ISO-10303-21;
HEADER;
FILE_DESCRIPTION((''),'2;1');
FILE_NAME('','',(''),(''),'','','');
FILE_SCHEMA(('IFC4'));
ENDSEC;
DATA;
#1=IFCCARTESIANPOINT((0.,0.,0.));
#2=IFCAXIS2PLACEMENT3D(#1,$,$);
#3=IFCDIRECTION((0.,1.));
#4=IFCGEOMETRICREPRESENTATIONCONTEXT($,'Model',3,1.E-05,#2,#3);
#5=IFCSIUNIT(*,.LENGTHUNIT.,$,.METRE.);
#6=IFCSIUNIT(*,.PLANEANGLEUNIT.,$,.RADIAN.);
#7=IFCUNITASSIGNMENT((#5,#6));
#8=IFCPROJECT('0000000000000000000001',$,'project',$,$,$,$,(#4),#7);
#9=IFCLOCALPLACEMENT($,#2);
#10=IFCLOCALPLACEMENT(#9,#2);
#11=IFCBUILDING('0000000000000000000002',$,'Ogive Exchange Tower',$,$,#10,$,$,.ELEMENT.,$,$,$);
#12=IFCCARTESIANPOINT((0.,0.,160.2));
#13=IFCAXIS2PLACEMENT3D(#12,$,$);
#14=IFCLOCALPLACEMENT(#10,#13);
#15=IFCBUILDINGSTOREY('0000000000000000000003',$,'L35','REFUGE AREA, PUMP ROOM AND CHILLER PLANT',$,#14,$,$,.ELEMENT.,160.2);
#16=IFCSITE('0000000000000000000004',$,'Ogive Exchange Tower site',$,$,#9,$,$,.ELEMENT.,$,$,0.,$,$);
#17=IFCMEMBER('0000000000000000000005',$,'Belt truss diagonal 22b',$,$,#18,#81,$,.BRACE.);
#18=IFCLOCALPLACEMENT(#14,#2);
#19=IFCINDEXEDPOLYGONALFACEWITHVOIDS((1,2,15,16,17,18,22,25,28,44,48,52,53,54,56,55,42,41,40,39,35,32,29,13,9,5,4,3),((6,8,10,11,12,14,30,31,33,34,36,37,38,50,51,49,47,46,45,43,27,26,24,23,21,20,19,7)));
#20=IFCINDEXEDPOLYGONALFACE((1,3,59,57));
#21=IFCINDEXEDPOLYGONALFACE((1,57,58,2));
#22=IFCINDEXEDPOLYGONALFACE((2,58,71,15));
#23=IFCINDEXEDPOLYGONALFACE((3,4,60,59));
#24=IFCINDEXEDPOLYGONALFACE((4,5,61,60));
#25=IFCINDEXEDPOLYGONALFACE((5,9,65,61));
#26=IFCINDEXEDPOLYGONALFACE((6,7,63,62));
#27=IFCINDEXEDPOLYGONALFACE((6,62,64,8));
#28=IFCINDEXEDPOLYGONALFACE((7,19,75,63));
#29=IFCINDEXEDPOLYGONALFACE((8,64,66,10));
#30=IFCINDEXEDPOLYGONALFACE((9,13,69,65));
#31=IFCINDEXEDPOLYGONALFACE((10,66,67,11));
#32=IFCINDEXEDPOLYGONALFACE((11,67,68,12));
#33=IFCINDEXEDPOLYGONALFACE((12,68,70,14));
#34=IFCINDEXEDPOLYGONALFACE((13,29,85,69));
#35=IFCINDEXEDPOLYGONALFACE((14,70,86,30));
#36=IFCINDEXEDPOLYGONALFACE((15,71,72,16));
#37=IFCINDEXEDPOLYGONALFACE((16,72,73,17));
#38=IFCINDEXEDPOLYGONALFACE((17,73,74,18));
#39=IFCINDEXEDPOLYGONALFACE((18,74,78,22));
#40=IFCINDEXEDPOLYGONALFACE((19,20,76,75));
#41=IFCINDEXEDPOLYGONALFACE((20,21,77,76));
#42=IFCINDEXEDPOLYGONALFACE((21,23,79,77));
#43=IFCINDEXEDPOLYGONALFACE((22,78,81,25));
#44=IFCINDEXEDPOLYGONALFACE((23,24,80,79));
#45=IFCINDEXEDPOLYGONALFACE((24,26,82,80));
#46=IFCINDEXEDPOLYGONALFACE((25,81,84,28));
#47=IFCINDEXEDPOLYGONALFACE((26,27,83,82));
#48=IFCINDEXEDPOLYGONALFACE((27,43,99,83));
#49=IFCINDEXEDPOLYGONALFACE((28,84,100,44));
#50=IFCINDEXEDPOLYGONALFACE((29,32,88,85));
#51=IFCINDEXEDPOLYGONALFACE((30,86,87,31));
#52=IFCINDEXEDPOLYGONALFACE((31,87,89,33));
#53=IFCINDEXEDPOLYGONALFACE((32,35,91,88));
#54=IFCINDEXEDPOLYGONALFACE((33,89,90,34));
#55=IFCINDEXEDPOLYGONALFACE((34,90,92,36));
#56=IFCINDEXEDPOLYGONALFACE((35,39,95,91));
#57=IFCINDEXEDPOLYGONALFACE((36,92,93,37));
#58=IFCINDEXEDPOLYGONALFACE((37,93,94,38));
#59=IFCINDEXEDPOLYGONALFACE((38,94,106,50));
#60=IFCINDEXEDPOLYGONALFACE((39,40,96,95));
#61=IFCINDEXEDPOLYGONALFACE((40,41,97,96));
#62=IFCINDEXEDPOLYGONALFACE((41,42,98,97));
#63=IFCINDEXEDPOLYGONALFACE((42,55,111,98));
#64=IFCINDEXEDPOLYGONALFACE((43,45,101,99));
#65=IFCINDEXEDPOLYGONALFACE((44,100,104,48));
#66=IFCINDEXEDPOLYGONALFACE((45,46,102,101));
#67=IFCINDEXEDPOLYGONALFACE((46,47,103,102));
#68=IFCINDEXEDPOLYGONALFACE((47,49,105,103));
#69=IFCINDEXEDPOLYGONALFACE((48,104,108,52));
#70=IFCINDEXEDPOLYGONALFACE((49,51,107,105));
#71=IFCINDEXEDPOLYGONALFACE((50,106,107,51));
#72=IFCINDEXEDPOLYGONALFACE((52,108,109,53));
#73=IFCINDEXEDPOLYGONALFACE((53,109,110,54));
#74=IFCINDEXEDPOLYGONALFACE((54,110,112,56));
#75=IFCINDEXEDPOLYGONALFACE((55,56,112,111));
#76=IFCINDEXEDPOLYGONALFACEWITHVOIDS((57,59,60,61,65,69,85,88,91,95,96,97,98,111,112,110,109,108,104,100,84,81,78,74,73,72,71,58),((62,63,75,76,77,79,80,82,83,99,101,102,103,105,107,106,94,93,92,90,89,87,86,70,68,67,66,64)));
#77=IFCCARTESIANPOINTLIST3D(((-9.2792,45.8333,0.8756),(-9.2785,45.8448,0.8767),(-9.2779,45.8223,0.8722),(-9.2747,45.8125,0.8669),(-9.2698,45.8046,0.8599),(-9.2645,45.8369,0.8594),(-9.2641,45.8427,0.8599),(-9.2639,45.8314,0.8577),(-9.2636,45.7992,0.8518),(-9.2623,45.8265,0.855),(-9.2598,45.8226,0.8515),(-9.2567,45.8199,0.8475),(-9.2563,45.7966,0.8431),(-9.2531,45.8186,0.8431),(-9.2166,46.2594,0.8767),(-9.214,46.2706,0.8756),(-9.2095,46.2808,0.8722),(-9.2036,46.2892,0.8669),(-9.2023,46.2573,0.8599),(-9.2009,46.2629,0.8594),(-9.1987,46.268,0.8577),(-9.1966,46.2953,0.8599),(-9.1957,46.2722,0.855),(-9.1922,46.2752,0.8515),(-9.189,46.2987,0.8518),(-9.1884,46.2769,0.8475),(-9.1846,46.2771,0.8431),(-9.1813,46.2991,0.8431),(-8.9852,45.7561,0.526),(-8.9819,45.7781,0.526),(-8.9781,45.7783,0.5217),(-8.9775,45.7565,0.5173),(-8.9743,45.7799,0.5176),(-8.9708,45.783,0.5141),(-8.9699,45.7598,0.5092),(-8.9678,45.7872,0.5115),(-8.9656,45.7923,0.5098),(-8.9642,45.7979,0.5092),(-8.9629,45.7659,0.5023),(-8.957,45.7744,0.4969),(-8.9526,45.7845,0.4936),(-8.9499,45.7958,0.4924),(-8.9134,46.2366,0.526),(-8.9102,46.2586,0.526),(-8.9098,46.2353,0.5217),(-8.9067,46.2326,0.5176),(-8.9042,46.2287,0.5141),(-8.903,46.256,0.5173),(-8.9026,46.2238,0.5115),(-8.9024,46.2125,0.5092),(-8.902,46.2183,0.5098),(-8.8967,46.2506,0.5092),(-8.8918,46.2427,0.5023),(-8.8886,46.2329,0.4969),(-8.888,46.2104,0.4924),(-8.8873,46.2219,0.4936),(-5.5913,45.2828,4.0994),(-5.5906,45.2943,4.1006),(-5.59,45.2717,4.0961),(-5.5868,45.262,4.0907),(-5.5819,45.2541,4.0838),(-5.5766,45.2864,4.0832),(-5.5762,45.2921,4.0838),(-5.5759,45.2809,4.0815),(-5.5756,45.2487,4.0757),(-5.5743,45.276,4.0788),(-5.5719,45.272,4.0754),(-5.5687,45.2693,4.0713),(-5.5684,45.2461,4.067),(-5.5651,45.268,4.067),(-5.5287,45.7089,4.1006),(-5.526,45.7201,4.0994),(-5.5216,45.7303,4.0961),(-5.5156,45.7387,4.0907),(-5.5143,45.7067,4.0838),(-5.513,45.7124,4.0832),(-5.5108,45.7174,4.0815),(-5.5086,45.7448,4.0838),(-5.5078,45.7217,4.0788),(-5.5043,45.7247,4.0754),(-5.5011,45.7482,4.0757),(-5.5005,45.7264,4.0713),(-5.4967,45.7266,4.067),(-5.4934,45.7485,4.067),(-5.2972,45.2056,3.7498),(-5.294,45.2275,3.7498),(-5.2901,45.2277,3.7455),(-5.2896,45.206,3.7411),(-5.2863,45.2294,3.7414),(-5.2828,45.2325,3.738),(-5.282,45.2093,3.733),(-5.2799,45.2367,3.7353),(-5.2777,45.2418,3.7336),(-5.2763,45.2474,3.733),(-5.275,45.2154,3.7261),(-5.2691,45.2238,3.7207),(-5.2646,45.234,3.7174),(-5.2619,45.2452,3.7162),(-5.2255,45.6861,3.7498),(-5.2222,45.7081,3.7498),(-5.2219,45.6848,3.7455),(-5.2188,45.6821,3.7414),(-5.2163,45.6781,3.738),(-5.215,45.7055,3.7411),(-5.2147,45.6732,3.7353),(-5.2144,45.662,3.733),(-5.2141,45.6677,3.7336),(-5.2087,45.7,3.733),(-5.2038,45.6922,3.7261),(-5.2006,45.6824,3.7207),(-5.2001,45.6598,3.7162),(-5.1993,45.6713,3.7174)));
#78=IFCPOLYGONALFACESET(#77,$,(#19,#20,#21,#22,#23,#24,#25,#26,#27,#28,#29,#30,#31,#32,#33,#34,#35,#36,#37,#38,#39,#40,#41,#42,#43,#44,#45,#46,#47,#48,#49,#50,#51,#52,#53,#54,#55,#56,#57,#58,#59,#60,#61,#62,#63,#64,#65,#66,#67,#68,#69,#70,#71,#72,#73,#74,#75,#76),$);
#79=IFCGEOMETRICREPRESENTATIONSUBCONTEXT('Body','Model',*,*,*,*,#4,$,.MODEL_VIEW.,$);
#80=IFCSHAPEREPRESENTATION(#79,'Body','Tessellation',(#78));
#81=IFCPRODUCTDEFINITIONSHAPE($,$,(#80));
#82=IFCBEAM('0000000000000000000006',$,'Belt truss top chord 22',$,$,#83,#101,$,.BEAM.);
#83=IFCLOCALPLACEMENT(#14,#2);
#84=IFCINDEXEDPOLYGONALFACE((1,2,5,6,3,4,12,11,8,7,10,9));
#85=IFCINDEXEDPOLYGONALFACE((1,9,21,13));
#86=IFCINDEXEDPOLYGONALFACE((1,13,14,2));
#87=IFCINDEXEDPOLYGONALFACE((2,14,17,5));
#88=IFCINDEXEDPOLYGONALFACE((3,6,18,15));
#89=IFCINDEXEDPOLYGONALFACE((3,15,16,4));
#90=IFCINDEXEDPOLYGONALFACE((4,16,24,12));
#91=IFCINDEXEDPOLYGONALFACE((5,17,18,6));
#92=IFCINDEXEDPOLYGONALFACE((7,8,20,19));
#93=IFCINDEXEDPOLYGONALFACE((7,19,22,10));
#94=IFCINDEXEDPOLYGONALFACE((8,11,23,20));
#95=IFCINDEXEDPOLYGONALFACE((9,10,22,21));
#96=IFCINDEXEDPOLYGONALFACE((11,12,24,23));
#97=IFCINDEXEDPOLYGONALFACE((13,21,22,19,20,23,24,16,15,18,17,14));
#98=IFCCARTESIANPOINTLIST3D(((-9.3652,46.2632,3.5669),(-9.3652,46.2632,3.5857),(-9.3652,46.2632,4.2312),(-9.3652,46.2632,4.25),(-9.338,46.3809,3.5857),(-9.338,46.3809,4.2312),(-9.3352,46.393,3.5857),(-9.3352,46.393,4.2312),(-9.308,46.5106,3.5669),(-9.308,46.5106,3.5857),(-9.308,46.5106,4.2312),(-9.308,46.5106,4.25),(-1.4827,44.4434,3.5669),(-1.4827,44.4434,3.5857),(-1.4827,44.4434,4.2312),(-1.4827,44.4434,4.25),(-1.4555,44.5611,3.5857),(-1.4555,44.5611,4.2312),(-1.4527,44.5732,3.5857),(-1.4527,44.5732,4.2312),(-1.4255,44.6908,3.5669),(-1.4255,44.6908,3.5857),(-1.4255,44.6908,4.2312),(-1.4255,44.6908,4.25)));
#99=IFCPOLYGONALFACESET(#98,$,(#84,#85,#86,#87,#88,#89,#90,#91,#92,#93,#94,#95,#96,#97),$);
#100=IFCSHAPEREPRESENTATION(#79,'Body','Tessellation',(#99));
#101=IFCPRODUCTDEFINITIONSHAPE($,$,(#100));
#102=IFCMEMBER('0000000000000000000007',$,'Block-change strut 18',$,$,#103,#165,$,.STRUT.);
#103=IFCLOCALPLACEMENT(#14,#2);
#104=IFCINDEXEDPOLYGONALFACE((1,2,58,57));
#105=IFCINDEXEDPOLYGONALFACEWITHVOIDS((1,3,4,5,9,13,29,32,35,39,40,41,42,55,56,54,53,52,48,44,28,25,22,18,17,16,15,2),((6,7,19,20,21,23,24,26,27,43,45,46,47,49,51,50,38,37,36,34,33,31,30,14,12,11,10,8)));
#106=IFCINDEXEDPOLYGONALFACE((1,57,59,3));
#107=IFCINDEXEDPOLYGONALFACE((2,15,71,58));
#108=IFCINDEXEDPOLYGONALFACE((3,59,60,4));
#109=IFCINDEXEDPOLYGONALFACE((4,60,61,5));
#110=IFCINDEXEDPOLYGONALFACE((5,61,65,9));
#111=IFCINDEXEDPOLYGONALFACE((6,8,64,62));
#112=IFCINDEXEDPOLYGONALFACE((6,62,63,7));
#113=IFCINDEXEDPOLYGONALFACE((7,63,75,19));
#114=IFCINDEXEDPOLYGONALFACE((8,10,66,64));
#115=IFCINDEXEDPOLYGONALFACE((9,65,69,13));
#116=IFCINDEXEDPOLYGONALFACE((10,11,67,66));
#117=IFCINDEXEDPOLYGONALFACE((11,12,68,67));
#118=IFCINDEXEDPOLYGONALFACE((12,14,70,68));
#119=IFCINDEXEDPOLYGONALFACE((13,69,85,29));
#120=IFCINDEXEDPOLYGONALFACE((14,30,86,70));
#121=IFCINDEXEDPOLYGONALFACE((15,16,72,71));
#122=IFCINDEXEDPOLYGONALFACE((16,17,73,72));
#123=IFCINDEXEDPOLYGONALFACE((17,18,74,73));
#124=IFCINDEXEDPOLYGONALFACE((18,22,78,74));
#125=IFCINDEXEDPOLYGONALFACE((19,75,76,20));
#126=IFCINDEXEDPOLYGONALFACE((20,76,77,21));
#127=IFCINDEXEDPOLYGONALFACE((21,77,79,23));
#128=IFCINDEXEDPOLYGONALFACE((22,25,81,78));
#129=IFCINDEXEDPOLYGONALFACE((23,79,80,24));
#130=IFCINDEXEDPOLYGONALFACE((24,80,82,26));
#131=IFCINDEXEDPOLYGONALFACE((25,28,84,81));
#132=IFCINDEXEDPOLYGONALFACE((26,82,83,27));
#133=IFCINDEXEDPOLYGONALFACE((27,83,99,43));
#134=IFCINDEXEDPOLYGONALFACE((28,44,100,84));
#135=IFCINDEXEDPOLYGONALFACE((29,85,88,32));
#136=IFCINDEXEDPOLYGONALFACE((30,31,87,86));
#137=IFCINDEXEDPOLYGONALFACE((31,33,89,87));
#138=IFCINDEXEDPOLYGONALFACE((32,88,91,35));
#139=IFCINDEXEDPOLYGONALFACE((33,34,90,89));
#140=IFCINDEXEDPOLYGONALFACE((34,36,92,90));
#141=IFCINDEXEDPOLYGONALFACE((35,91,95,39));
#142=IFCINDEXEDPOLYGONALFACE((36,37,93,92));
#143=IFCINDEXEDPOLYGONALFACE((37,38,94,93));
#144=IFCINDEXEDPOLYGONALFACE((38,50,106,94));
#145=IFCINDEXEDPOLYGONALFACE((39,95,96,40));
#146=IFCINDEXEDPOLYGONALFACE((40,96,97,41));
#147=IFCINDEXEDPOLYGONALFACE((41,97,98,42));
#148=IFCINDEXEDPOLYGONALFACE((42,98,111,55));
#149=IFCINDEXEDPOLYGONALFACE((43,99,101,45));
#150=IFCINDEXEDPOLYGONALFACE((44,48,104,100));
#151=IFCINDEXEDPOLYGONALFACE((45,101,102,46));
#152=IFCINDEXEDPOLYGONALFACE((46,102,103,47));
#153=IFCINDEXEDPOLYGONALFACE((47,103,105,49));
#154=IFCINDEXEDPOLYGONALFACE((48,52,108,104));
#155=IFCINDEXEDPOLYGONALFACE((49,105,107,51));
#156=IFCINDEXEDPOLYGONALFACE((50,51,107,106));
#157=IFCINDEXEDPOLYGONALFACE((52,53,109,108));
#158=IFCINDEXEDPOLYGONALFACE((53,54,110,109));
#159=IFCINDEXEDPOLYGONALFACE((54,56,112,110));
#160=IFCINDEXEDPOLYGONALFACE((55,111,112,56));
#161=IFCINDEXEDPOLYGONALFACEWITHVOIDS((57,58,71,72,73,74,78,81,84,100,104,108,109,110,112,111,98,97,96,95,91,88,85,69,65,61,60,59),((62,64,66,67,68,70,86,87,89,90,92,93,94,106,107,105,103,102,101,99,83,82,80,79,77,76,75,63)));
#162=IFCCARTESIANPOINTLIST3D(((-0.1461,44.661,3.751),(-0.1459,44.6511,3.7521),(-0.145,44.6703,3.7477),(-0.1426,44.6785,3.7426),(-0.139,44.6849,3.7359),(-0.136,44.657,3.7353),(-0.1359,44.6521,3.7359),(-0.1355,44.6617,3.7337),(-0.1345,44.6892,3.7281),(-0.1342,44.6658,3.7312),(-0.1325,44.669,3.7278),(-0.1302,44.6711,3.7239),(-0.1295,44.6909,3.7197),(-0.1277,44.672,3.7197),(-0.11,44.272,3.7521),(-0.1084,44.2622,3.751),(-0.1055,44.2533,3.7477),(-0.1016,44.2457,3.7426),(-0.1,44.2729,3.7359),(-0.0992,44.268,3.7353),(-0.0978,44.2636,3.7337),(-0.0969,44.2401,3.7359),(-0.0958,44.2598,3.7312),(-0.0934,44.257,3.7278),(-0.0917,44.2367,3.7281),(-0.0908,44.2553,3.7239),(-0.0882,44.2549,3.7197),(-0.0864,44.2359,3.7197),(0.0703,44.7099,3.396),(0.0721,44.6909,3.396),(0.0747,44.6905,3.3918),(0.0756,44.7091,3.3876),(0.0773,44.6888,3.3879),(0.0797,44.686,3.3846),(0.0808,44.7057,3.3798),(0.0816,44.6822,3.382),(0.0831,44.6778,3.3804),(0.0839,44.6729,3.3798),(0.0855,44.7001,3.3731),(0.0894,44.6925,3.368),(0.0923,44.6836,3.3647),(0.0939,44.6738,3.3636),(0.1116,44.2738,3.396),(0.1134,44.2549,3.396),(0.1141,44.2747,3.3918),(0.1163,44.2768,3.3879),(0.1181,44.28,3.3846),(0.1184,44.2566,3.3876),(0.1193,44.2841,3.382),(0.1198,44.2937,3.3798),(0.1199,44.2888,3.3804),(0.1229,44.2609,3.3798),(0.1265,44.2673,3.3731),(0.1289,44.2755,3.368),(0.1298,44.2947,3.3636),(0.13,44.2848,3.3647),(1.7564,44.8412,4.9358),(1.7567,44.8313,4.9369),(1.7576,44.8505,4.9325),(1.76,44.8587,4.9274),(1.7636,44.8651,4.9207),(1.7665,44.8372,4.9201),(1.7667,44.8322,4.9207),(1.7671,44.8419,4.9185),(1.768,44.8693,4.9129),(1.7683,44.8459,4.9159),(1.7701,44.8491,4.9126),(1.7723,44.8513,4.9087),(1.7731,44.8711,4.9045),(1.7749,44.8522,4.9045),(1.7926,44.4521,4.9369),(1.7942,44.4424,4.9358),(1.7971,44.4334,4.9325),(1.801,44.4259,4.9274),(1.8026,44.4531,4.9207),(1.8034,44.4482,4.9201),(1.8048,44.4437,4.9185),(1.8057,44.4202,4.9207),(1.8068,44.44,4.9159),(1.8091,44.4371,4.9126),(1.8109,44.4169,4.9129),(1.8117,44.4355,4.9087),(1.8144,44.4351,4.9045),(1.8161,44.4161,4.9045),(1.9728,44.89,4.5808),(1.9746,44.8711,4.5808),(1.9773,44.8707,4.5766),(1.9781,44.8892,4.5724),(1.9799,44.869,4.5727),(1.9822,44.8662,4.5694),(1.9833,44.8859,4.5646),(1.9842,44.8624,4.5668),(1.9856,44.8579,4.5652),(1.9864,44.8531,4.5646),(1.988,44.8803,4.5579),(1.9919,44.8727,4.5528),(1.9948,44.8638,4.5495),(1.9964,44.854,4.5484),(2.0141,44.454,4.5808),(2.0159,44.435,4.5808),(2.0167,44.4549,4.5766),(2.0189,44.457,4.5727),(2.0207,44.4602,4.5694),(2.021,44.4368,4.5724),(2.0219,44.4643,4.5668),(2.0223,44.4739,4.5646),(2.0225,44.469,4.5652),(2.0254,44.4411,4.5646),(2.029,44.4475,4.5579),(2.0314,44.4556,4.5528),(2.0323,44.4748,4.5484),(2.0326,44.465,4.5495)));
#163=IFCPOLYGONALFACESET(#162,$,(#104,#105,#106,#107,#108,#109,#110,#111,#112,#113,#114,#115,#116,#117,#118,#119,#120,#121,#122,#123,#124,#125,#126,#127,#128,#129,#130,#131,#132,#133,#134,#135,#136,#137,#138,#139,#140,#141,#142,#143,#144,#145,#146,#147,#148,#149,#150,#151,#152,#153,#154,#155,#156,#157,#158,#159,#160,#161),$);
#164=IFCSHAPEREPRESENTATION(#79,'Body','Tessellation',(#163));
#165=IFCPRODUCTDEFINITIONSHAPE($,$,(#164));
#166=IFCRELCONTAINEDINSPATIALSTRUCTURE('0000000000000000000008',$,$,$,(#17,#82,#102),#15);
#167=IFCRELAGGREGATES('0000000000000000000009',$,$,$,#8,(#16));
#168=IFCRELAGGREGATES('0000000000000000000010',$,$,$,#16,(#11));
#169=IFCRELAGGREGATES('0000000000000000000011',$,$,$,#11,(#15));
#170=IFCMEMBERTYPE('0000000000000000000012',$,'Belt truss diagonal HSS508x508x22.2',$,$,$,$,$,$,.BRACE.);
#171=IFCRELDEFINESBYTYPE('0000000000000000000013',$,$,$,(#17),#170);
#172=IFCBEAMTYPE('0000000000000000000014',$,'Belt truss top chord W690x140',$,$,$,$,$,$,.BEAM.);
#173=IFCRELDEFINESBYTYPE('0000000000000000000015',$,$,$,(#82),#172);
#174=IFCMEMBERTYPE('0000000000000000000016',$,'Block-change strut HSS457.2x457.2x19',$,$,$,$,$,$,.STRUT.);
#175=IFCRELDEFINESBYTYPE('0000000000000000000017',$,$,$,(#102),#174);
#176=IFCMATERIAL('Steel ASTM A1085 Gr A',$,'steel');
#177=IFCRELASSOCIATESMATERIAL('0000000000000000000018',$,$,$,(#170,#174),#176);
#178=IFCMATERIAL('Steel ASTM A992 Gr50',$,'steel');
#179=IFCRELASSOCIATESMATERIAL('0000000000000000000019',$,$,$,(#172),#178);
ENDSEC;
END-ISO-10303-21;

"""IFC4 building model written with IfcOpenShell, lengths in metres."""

from ifc_helpers import new_model, si_unit, direction, frame, origin, origin_2d, place, context, subcontext, project, spatial, hollow_rectangle, i_section, extrude, material, material_profile, profile_set, type_object, element, save


model = new_model("IFC4")

# Units and contexts
model_context = context("Model", 3, precision=1e-05, world=origin(), true_north=direction((0.0, 1.0)))
body_context = subcontext(model_context, "Body", "Model", "MODEL_VIEW")
ifc_project = project(units=[si_unit("LENGTHUNIT", "METRE"), si_unit("PLANEANGLEUNIT", "RADIAN")], contexts=[model_context])

# Site, building, storey
site_placement = place(None, origin())
site = spatial("IfcSite", under=ifc_project, at=site_placement, Name="Ogive Exchange Tower site", CompositionType="ELEMENT", RefElevation=0.0)
building_placement = place(site_placement, origin())
building = spatial("IfcBuilding", under=site, at=building_placement, Name="Ogive Exchange Tower", CompositionType="ELEMENT")
storey_placement = place(building_placement, frame((0.0, 0.0, 160.2)))
storey = spatial("IfcBuildingStorey", under=building, at=storey_placement, Name="L35", Description="REFUGE AREA, PUMP ROOM AND CHILLER PLANT", CompositionType="ELEMENT", Elevation=160.2)

# Shared definitions
ifc_material_1 = material(Name="Steel ASTM A992 Gr50", Category="steel")

# Member
ifc_material_2 = material(Name="Steel ASTM A1085 Gr A", Category="steel")
ifc_material_profile_1 = material_profile(ifc_material_2, hollow_rectangle(XDim=0.5081, YDim=0.5081, WallThickness=0.0222, InnerFilletRadius=0.0222, OuterFilletRadius=0.0444, at=origin_2d()), Name="HSS508x508x22.2")
ifc_profile_set_1 = profile_set([ifc_material_profile_1], Name="Steel ASTM A1085 Gr A")
member_type_1 = type_object("IfcMemberType", Name="Belt truss diagonal HSS508x508x22.2", PredefinedType="BRACE", material=ifc_profile_set_1)
for number, where, z_axis, x_axis, name in (
    (1, (-9.0833, 46.0276, 0.6846), (0.748181, -0.111687, 0.654027), (0.147642, 0.989041, 0.0), "Belt truss diagonal 22b"),
):
    element("IfcMember", number, at=place(storey_placement, frame(where, z_axis=z_axis, x_axis=x_axis)), inside=storey, type_object=member_type_1, Name=name, PredefinedType="BRACE", context=body_context, shape_type="SweptSolid", body=[
        extrude(hollow_rectangle(XDim=0.5081, YDim=0.5081, WallThickness=0.0222, InnerFilletRadius=0.0222, OuterFilletRadius=0.0444, at=origin_2d()), origin(), (0.0, 0.0, 1.0), 4.9292),
    ])

# Beam
ifc_material_profile_2 = material_profile(ifc_material_1, i_section(OverallWidth=0.2539, OverallDepth=0.6831, WebThickness=0.0125, FlangeThickness=0.0188, at=origin_2d()), Name="W690x140")
ifc_profile_set_2 = profile_set([ifc_material_profile_2], Name="Steel ASTM A992 Gr50")
beam_type_1 = type_object("IfcBeamType", Name="Belt truss top chord W690x140", PredefinedType="BEAM", material=ifc_profile_set_2)
beam_1_placement = place(storey_placement, frame((-1.4541, 44.5671, 3.9084), z_axis=(-0.97437, 0.22495, 0.0), x_axis=(-0.22495, -0.97437, 0.0)))
element("IfcBeam", 2, at=beam_1_placement, inside=storey, type_object=beam_type_1, Name="Belt truss top chord 22", PredefinedType="BEAM", context=body_context, shape_type="SweptSolid", body=[
    extrude(i_section(OverallWidth=0.2539, OverallDepth=0.6831, WebThickness=0.0125, FlangeThickness=0.0188, at=origin_2d()), origin(), (0.0, 0.0, 1.0), 8.0898),
])

# Member
ifc_material_profile_3 = material_profile(ifc_material_2, hollow_rectangle(XDim=0.457, YDim=0.457, WallThickness=0.019, InnerFilletRadius=0.019, OuterFilletRadius=0.0381, at=origin_2d()), Name="HSS457.2x457.2x19")
ifc_profile_set_3 = profile_set([ifc_material_profile_3], Name="Steel ASTM A1085 Gr A")
member_type_2 = type_object("IfcMemberType", Name="Block-change strut HSS457.2x457.2x19", PredefinedType="STRUT", material=ifc_profile_set_3)
member_1_placement = place(storey_placement, frame((-0.0081, 44.4729, 3.5579), z_axis=(0.846131, 0.080129, 0.526918), x_axis=(-0.094279, 0.995546, 0.0)))
element("IfcMember", 3, at=member_1_placement, inside=storey, type_object=member_type_2, Name="Block-change strut 18", PredefinedType="STRUT", context=body_context, shape_type="SweptSolid", body=[
    extrude(hollow_rectangle(XDim=0.457, YDim=0.457, WallThickness=0.019, InnerFilletRadius=0.019, OuterFilletRadius=0.0381, at=origin_2d()), origin(), (0.0, 0.0, 1.0), 2.2485),
])

save(model, "model.ifc")
